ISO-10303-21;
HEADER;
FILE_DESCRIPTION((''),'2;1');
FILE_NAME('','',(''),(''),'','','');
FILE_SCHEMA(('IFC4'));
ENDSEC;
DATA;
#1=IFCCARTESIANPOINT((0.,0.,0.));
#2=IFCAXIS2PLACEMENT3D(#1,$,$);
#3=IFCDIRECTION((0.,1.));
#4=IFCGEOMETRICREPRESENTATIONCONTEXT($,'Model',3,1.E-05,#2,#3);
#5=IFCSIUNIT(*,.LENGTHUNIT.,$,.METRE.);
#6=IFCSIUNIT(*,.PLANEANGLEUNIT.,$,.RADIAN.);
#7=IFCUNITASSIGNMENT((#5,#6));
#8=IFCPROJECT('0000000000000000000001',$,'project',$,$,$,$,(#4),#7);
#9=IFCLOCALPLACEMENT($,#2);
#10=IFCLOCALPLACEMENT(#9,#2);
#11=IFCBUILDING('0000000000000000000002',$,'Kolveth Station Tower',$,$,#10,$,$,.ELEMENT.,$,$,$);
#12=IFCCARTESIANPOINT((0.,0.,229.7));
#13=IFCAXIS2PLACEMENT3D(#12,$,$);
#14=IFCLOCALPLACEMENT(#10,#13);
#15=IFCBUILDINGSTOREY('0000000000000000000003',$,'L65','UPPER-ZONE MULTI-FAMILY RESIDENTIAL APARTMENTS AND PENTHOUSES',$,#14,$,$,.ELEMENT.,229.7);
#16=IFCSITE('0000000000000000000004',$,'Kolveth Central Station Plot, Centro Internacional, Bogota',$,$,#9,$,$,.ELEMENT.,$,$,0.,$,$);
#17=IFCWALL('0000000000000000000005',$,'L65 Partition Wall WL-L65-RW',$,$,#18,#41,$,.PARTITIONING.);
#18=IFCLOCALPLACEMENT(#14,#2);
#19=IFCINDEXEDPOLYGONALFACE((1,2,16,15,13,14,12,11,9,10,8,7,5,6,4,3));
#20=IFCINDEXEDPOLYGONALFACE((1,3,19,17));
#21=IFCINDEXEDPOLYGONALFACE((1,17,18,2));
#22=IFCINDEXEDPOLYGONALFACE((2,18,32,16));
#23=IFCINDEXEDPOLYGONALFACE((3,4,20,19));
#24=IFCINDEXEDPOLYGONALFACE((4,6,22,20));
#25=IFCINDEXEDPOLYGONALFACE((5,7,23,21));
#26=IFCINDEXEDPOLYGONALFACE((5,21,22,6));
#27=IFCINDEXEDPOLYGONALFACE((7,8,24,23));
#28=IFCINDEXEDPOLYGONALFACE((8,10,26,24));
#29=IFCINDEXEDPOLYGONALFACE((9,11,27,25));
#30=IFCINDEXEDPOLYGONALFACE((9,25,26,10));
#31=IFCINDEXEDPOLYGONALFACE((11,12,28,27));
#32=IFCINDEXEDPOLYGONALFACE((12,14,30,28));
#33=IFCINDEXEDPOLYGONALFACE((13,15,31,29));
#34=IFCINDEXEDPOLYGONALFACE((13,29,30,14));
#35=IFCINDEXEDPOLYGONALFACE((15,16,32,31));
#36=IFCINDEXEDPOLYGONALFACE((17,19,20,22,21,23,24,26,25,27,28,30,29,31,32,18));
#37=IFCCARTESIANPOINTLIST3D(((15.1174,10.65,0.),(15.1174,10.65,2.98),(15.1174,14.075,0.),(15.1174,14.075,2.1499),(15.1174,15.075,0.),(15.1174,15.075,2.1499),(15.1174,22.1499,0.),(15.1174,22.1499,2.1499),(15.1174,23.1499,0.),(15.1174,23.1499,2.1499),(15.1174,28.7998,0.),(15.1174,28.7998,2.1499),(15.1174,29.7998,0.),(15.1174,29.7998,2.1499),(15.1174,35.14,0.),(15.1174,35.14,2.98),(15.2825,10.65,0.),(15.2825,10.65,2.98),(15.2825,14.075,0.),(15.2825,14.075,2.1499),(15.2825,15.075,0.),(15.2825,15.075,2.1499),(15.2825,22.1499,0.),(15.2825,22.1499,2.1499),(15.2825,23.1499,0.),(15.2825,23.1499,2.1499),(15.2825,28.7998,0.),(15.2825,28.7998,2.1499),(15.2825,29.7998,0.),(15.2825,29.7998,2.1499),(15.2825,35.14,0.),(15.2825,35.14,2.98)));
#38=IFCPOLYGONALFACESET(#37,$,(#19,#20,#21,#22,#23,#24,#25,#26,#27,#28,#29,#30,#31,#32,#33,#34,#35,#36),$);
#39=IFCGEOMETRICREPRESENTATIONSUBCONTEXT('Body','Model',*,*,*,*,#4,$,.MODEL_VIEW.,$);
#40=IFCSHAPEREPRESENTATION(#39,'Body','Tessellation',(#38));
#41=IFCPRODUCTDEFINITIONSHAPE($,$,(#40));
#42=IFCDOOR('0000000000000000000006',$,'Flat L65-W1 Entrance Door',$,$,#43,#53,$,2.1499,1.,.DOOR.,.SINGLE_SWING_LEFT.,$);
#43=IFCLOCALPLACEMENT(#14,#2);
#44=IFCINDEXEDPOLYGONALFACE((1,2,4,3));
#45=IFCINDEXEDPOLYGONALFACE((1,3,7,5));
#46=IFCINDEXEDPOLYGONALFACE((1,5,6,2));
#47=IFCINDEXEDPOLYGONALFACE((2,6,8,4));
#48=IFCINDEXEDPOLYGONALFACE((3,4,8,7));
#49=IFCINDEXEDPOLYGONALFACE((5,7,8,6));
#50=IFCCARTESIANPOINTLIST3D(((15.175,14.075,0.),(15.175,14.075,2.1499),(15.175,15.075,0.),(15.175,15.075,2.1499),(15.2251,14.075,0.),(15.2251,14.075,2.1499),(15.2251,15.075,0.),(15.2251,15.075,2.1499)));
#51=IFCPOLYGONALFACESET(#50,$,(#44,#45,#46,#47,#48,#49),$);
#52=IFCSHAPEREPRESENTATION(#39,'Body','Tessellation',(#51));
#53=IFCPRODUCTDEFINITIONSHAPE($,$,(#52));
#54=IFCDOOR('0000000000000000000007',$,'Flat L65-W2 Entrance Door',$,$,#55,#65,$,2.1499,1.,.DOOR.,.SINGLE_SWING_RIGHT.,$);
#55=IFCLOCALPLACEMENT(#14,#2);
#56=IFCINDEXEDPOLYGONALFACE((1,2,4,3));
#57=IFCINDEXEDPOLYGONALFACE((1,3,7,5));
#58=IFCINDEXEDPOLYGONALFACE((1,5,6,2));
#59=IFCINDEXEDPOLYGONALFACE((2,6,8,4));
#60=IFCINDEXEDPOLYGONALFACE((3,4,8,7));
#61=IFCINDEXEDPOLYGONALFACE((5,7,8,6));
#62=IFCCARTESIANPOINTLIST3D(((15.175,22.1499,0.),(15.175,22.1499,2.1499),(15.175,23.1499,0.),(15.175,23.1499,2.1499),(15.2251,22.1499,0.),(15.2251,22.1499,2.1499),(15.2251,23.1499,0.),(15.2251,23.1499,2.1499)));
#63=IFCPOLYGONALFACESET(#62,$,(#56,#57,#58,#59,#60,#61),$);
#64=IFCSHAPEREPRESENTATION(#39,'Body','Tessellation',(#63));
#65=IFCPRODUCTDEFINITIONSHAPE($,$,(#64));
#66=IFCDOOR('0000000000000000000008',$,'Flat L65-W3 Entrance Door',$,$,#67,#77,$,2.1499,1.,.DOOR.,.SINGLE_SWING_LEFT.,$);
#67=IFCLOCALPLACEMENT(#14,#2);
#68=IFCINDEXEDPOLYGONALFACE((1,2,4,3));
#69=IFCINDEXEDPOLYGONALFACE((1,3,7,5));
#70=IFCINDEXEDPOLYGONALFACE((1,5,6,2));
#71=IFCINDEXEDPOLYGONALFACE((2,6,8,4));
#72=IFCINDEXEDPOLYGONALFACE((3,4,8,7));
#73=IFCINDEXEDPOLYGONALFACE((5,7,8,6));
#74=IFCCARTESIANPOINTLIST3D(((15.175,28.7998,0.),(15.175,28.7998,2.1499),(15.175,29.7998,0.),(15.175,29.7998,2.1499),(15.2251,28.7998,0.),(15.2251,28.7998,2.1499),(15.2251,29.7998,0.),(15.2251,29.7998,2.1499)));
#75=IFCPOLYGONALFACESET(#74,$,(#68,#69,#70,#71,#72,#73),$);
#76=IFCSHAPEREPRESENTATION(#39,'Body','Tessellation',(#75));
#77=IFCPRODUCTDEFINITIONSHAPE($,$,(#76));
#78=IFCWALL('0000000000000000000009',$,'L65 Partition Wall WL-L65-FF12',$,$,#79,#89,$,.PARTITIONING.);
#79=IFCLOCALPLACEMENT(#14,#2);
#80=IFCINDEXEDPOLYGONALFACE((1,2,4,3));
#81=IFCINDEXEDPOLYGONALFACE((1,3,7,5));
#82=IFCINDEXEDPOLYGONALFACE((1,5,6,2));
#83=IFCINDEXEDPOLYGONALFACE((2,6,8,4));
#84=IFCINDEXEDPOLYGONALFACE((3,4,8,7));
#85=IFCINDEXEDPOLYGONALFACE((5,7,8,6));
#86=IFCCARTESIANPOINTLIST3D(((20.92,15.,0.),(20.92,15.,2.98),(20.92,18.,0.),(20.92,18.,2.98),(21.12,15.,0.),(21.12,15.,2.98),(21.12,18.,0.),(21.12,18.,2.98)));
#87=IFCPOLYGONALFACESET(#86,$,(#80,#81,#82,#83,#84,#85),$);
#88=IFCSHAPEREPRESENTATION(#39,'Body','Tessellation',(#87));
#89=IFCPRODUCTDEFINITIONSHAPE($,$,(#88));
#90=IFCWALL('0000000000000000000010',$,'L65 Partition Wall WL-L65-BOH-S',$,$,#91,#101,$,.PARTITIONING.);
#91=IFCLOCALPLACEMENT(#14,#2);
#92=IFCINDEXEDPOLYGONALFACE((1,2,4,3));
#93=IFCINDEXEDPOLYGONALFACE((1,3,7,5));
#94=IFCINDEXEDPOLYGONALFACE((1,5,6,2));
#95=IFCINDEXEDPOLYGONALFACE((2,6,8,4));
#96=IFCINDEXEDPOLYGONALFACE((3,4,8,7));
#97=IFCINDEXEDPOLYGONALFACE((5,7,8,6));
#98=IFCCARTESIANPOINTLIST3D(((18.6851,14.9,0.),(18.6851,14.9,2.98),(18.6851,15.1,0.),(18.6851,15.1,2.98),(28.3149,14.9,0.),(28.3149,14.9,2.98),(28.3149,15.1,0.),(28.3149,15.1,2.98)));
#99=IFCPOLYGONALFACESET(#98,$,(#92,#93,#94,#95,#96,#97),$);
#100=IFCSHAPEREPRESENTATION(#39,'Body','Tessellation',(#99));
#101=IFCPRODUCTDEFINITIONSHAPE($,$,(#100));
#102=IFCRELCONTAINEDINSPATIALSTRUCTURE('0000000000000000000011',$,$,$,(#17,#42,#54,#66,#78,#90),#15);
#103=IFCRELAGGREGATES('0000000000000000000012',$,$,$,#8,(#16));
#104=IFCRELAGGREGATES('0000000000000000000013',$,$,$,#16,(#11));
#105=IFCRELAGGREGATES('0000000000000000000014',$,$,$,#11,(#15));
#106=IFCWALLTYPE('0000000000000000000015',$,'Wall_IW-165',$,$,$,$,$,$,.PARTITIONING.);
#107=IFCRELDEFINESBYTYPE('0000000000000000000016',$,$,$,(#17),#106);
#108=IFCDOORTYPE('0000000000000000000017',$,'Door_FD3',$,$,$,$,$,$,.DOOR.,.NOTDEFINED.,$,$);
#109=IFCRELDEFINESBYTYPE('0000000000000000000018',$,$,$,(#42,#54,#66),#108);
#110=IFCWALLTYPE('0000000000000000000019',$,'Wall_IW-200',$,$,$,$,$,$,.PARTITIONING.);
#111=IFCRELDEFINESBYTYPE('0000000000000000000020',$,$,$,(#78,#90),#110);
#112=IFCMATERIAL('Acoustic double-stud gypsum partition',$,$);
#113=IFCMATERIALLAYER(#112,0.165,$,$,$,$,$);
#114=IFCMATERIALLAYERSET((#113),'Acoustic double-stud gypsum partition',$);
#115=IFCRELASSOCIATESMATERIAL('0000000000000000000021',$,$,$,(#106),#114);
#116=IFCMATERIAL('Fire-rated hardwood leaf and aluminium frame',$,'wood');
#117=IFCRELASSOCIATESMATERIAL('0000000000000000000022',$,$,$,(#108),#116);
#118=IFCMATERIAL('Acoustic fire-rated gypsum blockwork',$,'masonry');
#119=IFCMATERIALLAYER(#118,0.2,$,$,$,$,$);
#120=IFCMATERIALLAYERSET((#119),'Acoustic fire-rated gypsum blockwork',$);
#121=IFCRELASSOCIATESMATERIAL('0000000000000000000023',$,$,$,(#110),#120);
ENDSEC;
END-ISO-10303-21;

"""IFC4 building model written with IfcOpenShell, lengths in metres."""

from ifc_helpers import new_model, si_unit, direction, frame, frame_2d, origin, place, context, subcontext, project, spatial, rectangle, extrude, material, layer, layer_set, type_object, element, fill, save


model = new_model("IFC4")

# Units and contexts
model_context = context("Model", 3, precision=1e-05, world=origin(), true_north=direction((0.0, 1.0)))
body_context = subcontext(model_context, "Body", "Model", "MODEL_VIEW")
ifc_project = project(units=[si_unit("LENGTHUNIT", "METRE"), si_unit("PLANEANGLEUNIT", "RADIAN")], contexts=[model_context])

# Site, building, storey
site_placement = place(None, origin())
site = spatial("IfcSite", under=ifc_project, at=site_placement, Name="Kolveth Central Station Plot, Centro Internacional, Bogota", CompositionType="ELEMENT", RefElevation=0.0)
building_placement = place(site_placement, origin())
building = spatial("IfcBuilding", under=site, at=building_placement, Name="Kolveth Station Tower", CompositionType="ELEMENT")
storey_placement = place(building_placement, frame((0.0, 0.0, 229.7)))
storey = spatial("IfcBuildingStorey", under=building, at=storey_placement, Name="L65", Description="UPPER-ZONE MULTI-FAMILY RESIDENTIAL APARTMENTS AND PENTHOUSES", CompositionType="ELEMENT", Elevation=229.7)

# Wall, openings, doors
ifc_material_1 = material(Name="Acoustic double-stud gypsum partition")
ifc_layer_1 = layer(ifc_material_1, 0.165)
ifc_layer_set_1 = layer_set([ifc_layer_1], Name="Acoustic double-stud gypsum partition")
wall_type_1 = type_object("IfcWallType", Name="Wall_IW-165", PredefinedType="PARTITIONING", material=ifc_layer_set_1)
wall_1_placement = place(storey_placement, frame((15.2, 10.6499, 0.0), z_axis=(0.0, 0.0, 1.0), x_axis=(0.0, 1.0, 0.0)))
wall_1 = element("IfcWall", 1, at=wall_1_placement, inside=storey, type_object=wall_type_1, Name="L65 Partition Wall WL-L65-RW", PredefinedType="PARTITIONING", context=body_context, shape_type="SweptSolid", body=[
    extrude(rectangle(XDim=24.49, YDim=0.165, at=frame_2d((12.2451, 0.0))), origin(), (0.0, 0.0, 1.0), 2.98),
])
opening_1_placement = place(wall_1_placement, frame((3.425, 0.0, 0.0)))
opening_1 = element("IfcOpeningElement", 2, at=opening_1_placement, cuts=wall_1, PredefinedType="OPENING", context=body_context, shape_type="SweptSolid", body=[
    extrude(rectangle(XDim=1.0, YDim=2.1499, at=frame_2d((0.5, 1.075))), frame((0.0, 0.0925, 0.0), z_axis=(0.0, -1.0, 0.0), x_axis=(1.0, 0.0, 0.0)), (0.0, 0.0, 1.0), 0.1851),
])
opening_2_placement = place(wall_1_placement, frame((11.5, 0.0, 0.0)))
opening_2 = element("IfcOpeningElement", 3, at=opening_2_placement, cuts=wall_1, PredefinedType="OPENING", context=body_context, shape_type="SweptSolid", body=[
    extrude(rectangle(XDim=1.0, YDim=2.1499, at=frame_2d((0.5, 1.075))), frame((0.0, 0.0925, 0.0), z_axis=(0.0, -1.0, 0.0), x_axis=(1.0, 0.0, 0.0)), (0.0, 0.0, 1.0), 0.1851),
])
opening_3_placement = place(wall_1_placement, frame((18.1499, 0.0, 0.0)))
opening_3 = element("IfcOpeningElement", 4, at=opening_3_placement, cuts=wall_1, PredefinedType="OPENING", context=body_context, shape_type="SweptSolid", body=[
    extrude(rectangle(XDim=1.0, YDim=2.1499, at=frame_2d((0.5, 1.075))), frame((0.0, 0.0925, 0.0), z_axis=(0.0, -1.0, 0.0), x_axis=(1.0, 0.0, 0.0)), (0.0, 0.0, 1.0), 0.1851),
])
ifc_material_2 = material(Name="Fire-rated hardwood leaf and aluminium frame", Category="wood")
door_type_1 = type_object("IfcDoorType", Name="Door_FD3", OperationType="NOTDEFINED", PredefinedType="DOOR", material=ifc_material_2)
door_1_placement = place(opening_1_placement, origin())
door_1 = element("IfcDoor", 5, at=door_1_placement, inside=storey, type_object=door_type_1, Name="Flat L65-W1 Entrance Door", OperationType="SINGLE_SWING_LEFT", OverallHeight=2.1499, OverallWidth=1.0, PredefinedType="DOOR", context=body_context, shape_type="SweptSolid", body=[
    extrude(rectangle(XDim=1.0, YDim=2.1499, at=frame_2d((0.5, 1.075))), frame((0.0, 0.0249, 0.0), z_axis=(0.0, -1.0, 0.0), x_axis=(1.0, 0.0, 0.0)), (0.0, 0.0, 1.0), 0.05),
])
fill(opening_1, door_1)
door_2_placement = place(opening_2_placement, origin())
door_2 = element("IfcDoor", 6, at=door_2_placement, inside=storey, type_object=door_type_1, Name="Flat L65-W2 Entrance Door", OperationType="SINGLE_SWING_RIGHT", OverallHeight=2.1499, OverallWidth=1.0, PredefinedType="DOOR", context=body_context, shape_type="SweptSolid", body=[
    extrude(rectangle(XDim=1.0, YDim=2.1499, at=frame_2d((0.5, 1.075))), frame((0.0, 0.0249, 0.0), z_axis=(0.0, -1.0, 0.0), x_axis=(1.0, 0.0, 0.0)), (0.0, 0.0, 1.0), 0.05),
])
fill(opening_2, door_2)
door_3_placement = place(opening_3_placement, origin())
door_3 = element("IfcDoor", 7, at=door_3_placement, inside=storey, type_object=door_type_1, Name="Flat L65-W3 Entrance Door", OperationType="SINGLE_SWING_LEFT", OverallHeight=2.1499, OverallWidth=1.0, PredefinedType="DOOR", context=body_context, shape_type="SweptSolid", body=[
    extrude(rectangle(XDim=1.0, YDim=2.1499, at=frame_2d((0.5, 1.075))), frame((0.0, 0.0249, 0.0), z_axis=(0.0, -1.0, 0.0), x_axis=(1.0, 0.0, 0.0)), (0.0, 0.0, 1.0), 0.05),
])
fill(opening_3, door_3)

# Walls
ifc_material_3 = material(Name="Acoustic fire-rated gypsum blockwork", Category="masonry")
ifc_layer_2 = layer(ifc_material_3, 0.2)
ifc_layer_set_2 = layer_set([ifc_layer_2], Name="Acoustic fire-rated gypsum blockwork")
wall_type_2 = type_object("IfcWallType", Name="Wall_IW-200", PredefinedType="PARTITIONING", material=ifc_layer_set_2)
wall_2_placement = place(storey_placement, frame((21.02, 15.0, 0.0), z_axis=(0.0, 0.0, 1.0), x_axis=(0.0, 1.0, 0.0)))
element("IfcWall", 8, at=wall_2_placement, inside=storey, type_object=wall_type_2, Name="L65 Partition Wall WL-L65-FF12", PredefinedType="PARTITIONING", context=body_context, shape_type="SweptSolid", body=[
    extrude(rectangle(XDim=3.0, YDim=0.2, at=frame_2d((1.5, 0.0))), origin(), (0.0, 0.0, 1.0), 2.98),
])
wall_3_placement = place(storey_placement, frame((18.6851, 15.0, 0.0), z_axis=(0.0, 0.0, 1.0), x_axis=(1.0, 0.0, 0.0)))
element("IfcWall", 9, at=wall_3_placement, inside=storey, type_object=wall_type_2, Name="L65 Partition Wall WL-L65-BOH-S", PredefinedType="PARTITIONING", context=body_context, shape_type="SweptSolid", body=[
    extrude(rectangle(XDim=9.6299, YDim=0.2, at=frame_2d((4.8149, 0.0))), origin(), (0.0, 0.0, 1.0), 2.98),
])

save(model, "model.ifc")
